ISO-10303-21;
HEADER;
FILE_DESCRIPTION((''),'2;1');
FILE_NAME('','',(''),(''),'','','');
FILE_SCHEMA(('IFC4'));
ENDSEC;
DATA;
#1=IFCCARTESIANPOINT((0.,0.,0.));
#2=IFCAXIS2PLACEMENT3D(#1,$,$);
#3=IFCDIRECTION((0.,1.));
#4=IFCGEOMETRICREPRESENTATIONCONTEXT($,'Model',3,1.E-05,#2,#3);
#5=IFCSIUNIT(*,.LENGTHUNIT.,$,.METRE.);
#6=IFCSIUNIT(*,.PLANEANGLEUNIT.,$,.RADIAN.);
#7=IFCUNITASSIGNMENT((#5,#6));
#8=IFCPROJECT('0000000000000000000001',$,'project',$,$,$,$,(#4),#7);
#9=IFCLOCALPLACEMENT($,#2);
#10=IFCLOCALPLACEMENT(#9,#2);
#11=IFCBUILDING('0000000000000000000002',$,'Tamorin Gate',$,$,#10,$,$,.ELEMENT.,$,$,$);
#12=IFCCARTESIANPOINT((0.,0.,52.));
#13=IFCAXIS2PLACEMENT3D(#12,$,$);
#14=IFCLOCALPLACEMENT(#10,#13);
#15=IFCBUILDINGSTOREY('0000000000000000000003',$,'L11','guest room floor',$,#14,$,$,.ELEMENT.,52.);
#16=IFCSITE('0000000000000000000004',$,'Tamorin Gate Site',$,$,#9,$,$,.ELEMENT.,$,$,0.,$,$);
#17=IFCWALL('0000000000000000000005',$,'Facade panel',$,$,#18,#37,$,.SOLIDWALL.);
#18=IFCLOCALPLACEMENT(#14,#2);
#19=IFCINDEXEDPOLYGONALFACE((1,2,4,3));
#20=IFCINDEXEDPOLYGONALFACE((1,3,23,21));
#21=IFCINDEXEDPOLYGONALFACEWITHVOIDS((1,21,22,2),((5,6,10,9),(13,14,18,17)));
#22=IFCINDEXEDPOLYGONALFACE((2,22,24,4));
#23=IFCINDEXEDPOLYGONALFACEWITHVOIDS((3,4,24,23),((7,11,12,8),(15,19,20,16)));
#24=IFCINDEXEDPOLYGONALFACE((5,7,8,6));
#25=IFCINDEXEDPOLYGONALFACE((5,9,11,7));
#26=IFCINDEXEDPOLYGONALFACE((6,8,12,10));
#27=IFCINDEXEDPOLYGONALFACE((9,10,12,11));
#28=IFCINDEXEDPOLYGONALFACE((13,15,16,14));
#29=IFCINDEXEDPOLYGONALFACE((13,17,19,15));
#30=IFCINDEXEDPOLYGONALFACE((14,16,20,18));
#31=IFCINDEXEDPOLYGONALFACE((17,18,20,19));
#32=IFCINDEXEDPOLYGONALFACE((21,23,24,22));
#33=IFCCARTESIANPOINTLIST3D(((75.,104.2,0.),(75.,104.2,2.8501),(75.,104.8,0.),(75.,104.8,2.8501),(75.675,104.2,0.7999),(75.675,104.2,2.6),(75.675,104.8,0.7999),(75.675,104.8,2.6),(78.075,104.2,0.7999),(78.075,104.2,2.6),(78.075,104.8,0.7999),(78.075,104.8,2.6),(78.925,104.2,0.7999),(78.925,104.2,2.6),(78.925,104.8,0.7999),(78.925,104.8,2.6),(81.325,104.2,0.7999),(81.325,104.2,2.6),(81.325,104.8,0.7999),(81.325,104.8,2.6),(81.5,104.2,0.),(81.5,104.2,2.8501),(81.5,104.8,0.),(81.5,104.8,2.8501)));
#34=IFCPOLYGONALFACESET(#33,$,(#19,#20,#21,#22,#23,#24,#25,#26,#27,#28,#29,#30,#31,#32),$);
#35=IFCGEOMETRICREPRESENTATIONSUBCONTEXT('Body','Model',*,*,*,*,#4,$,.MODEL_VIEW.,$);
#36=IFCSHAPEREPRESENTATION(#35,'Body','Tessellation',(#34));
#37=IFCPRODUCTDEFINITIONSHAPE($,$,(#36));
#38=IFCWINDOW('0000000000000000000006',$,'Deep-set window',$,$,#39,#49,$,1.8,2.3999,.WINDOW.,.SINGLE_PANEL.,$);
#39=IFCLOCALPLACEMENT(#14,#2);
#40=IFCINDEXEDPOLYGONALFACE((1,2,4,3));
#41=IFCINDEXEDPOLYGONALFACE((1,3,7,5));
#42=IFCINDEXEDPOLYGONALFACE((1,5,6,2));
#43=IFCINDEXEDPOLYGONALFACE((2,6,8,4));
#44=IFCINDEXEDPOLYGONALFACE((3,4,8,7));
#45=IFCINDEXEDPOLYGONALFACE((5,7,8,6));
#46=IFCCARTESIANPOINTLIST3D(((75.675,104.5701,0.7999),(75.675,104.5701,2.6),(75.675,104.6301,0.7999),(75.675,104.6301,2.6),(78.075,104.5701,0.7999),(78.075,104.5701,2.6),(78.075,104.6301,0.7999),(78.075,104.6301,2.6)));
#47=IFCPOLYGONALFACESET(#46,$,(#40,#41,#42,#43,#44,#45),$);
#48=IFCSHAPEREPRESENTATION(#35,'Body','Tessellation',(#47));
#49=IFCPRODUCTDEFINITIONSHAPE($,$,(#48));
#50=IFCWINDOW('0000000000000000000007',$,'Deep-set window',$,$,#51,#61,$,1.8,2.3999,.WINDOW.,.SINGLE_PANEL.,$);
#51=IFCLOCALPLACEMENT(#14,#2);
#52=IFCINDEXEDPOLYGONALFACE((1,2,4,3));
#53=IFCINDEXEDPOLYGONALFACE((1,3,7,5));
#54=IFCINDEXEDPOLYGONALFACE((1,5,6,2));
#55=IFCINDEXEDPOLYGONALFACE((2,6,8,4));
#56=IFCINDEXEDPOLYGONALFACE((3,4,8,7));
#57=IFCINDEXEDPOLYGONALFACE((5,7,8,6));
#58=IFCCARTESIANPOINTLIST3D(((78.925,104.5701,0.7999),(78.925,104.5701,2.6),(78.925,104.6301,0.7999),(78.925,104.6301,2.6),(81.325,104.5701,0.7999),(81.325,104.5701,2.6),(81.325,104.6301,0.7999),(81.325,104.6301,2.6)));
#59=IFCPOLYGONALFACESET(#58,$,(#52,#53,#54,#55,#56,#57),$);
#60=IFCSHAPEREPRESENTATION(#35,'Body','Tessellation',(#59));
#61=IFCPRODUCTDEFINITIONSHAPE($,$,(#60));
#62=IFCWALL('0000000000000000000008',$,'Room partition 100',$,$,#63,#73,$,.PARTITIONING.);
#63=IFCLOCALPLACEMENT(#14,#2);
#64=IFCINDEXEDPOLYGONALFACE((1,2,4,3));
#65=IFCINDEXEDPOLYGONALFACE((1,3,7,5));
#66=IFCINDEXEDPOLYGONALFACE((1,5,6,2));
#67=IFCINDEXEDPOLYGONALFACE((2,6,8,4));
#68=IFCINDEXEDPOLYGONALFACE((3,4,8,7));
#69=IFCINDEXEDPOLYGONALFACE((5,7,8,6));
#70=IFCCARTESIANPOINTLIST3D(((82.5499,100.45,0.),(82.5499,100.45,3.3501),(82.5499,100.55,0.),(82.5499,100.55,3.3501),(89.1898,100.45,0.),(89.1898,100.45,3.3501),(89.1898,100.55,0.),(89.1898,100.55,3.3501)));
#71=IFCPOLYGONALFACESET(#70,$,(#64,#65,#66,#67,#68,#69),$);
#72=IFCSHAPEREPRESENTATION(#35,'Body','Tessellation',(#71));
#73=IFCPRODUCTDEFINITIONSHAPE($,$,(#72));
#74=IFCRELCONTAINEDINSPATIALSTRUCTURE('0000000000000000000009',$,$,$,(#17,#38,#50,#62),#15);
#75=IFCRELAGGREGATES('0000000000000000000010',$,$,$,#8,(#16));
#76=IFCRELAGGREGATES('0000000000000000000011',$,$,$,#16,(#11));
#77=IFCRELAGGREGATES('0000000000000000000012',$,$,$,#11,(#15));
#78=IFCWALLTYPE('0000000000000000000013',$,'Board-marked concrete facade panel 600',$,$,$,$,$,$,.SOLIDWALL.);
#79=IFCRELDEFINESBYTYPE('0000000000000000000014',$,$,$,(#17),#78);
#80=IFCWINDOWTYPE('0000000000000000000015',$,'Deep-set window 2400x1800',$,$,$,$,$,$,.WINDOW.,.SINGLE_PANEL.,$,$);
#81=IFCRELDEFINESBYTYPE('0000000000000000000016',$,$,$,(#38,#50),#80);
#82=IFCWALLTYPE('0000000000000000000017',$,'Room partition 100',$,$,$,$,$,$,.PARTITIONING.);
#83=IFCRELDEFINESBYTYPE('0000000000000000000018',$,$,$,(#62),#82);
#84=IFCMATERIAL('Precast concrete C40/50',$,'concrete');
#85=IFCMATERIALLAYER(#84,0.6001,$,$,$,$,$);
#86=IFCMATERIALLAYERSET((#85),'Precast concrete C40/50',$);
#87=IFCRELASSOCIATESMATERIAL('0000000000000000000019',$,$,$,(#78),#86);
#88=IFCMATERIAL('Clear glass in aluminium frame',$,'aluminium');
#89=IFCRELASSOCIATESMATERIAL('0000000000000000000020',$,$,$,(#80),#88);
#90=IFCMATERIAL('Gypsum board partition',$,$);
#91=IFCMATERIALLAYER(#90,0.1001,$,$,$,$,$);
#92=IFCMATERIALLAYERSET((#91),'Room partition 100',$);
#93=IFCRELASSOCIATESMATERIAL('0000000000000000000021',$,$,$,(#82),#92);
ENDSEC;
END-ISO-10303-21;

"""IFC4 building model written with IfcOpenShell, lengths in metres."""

from ifc_helpers import new_model, si_unit, direction, frame, frame_2d, origin, place, context, subcontext, project, spatial, rectangle, extrude, material, layer, layer_set, type_object, element, fill, save


model = new_model("IFC4")

# Units and contexts
model_context = context("Model", 3, precision=1e-05, world=origin(), true_north=direction((0.0, 1.0)))
body_context = subcontext(model_context, "Body", "Model", "MODEL_VIEW")
ifc_project = project(units=[si_unit("LENGTHUNIT", "METRE"), si_unit("PLANEANGLEUNIT", "RADIAN")], contexts=[model_context])

# Site, building, storey
site_placement = place(None, origin())
site = spatial("IfcSite", under=ifc_project, at=site_placement, Name="Tamorin Gate Site", CompositionType="ELEMENT", RefElevation=0.0)
building_placement = place(site_placement, origin())
building = spatial("IfcBuilding", under=site, at=building_placement, Name="Tamorin Gate", CompositionType="ELEMENT")
storey_placement = place(building_placement, frame((0.0, 0.0, 52.0)))
storey = spatial("IfcBuildingStorey", under=building, at=storey_placement, Name="L11", Description="guest room floor", CompositionType="ELEMENT", Elevation=52.0)

# Shared definitions
ifc_material_1 = material(Name="Precast concrete C40/50", Category="concrete")
ifc_layer_1 = layer(ifc_material_1, 0.6001)
ifc_layer_set_1 = layer_set([ifc_layer_1], Name="Precast concrete C40/50")
wall_type_1 = type_object("IfcWallType", Name="Board-marked concrete facade panel 600", PredefinedType="SOLIDWALL", material=ifc_layer_set_1)
ifc_material_2 = material(Name="Clear glass in aluminium frame", Category="aluminium")
window_type = type_object("IfcWindowType", Name="Deep-set window 2400x1800", PartitioningType="SINGLE_PANEL", PredefinedType="WINDOW", material=ifc_material_2)

# Wall, openings, windows
wall_1_placement = place(storey_placement, frame((81.5, 104.5, 0.0), z_axis=(0.0, 0.0, 1.0), x_axis=(-1.0, 0.0, 0.0)))
wall_1 = element("IfcWall", 1, at=wall_1_placement, inside=storey, type_object=wall_type_1, Name="Facade panel", PredefinedType="SOLIDWALL", context=body_context, shape_type="SweptSolid", body=[
    extrude(rectangle(XDim=6.5, YDim=0.6001, at=frame_2d((3.25, 0.0))), origin(), (0.0, 0.0, 1.0), 2.8501),
])
opening_1_placement = place(wall_1_placement, frame((3.425, 0.0, 0.8)))
opening_1 = element("IfcOpeningElement", 2, at=opening_1_placement, cuts=wall_1, PredefinedType="OPENING", context=body_context, shape_type="SweptSolid", body=[
    extrude(rectangle(XDim=2.3999, YDim=1.8, at=frame_2d((1.2, 0.8999))), frame((0.0, 0.3101, 0.0), z_axis=(0.0, -1.0, 0.0), x_axis=(1.0, 0.0, 0.0)), (0.0, 0.0, 1.0), 0.6201),
])
opening_2_placement = place(wall_1_placement, frame((0.175, 0.0, 0.8)))
opening_2 = element("IfcOpeningElement", 3, at=opening_2_placement, cuts=wall_1, PredefinedType="OPENING", context=body_context, shape_type="SweptSolid", body=[
    extrude(rectangle(XDim=2.3999, YDim=1.8, at=frame_2d((1.2, 0.8999))), frame((0.0, 0.3101, 0.0), z_axis=(0.0, -1.0, 0.0), x_axis=(1.0, 0.0, 0.0)), (0.0, 0.0, 1.0), 0.6201),
])
window_1_placement = place(opening_1_placement, origin())
window_1 = element("IfcWindow", 4, at=window_1_placement, inside=storey, type_object=window_type, Name="Deep-set window", OverallHeight=1.8, OverallWidth=2.3999, PartitioningType="SINGLE_PANEL", PredefinedType="WINDOW", context=body_context, shape_type="SweptSolid", body=[
    extrude(rectangle(XDim=2.3999, YDim=1.8, at=frame_2d((1.2, 0.8999))), frame((0.0, -0.0701, 0.0), z_axis=(0.0, -1.0, 0.0), x_axis=(1.0, 0.0, 0.0)), (0.0, 0.0, 1.0), 0.0601),
])
fill(opening_1, window_1)
window_2_placement = place(opening_2_placement, origin())
window_2 = element("IfcWindow", 5, at=window_2_placement, inside=storey, type_object=window_type, Name="Deep-set window", OverallHeight=1.8, OverallWidth=2.3999, PartitioningType="SINGLE_PANEL", PredefinedType="WINDOW", context=body_context, shape_type="SweptSolid", body=[
    extrude(rectangle(XDim=2.3999, YDim=1.8, at=frame_2d((1.2, 0.8999))), frame((0.0, -0.0701, 0.0), z_axis=(0.0, -1.0, 0.0), x_axis=(1.0, 0.0, 0.0)), (0.0, 0.0, 1.0), 0.0601),
])
fill(opening_2, window_2)

# Wall
ifc_material_3 = material(Name="Gypsum board partition")
ifc_layer_2 = layer(ifc_material_3, 0.1001)
ifc_layer_set_2 = layer_set([ifc_layer_2], Name="Room partition 100")
wall_type_2 = type_object("IfcWallType", Name="Room partition 100", PredefinedType="PARTITIONING", material=ifc_layer_set_2)
wall_2_placement = place(storey_placement, frame((82.55, 100.5, 0.0), z_axis=(0.0, 0.0, 1.0), x_axis=(1.0, 0.0, 0.0)))
element("IfcWall", 6, at=wall_2_placement, inside=storey, type_object=wall_type_2, Name="Room partition 100", PredefinedType="PARTITIONING", context=body_context, shape_type="SweptSolid", body=[
    extrude(rectangle(XDim=6.6399, YDim=0.1001, at=frame_2d((3.3198, 0.0))), origin(), (0.0, 0.0, 1.0), 3.3501),
])

save(model, "model.ifc")
